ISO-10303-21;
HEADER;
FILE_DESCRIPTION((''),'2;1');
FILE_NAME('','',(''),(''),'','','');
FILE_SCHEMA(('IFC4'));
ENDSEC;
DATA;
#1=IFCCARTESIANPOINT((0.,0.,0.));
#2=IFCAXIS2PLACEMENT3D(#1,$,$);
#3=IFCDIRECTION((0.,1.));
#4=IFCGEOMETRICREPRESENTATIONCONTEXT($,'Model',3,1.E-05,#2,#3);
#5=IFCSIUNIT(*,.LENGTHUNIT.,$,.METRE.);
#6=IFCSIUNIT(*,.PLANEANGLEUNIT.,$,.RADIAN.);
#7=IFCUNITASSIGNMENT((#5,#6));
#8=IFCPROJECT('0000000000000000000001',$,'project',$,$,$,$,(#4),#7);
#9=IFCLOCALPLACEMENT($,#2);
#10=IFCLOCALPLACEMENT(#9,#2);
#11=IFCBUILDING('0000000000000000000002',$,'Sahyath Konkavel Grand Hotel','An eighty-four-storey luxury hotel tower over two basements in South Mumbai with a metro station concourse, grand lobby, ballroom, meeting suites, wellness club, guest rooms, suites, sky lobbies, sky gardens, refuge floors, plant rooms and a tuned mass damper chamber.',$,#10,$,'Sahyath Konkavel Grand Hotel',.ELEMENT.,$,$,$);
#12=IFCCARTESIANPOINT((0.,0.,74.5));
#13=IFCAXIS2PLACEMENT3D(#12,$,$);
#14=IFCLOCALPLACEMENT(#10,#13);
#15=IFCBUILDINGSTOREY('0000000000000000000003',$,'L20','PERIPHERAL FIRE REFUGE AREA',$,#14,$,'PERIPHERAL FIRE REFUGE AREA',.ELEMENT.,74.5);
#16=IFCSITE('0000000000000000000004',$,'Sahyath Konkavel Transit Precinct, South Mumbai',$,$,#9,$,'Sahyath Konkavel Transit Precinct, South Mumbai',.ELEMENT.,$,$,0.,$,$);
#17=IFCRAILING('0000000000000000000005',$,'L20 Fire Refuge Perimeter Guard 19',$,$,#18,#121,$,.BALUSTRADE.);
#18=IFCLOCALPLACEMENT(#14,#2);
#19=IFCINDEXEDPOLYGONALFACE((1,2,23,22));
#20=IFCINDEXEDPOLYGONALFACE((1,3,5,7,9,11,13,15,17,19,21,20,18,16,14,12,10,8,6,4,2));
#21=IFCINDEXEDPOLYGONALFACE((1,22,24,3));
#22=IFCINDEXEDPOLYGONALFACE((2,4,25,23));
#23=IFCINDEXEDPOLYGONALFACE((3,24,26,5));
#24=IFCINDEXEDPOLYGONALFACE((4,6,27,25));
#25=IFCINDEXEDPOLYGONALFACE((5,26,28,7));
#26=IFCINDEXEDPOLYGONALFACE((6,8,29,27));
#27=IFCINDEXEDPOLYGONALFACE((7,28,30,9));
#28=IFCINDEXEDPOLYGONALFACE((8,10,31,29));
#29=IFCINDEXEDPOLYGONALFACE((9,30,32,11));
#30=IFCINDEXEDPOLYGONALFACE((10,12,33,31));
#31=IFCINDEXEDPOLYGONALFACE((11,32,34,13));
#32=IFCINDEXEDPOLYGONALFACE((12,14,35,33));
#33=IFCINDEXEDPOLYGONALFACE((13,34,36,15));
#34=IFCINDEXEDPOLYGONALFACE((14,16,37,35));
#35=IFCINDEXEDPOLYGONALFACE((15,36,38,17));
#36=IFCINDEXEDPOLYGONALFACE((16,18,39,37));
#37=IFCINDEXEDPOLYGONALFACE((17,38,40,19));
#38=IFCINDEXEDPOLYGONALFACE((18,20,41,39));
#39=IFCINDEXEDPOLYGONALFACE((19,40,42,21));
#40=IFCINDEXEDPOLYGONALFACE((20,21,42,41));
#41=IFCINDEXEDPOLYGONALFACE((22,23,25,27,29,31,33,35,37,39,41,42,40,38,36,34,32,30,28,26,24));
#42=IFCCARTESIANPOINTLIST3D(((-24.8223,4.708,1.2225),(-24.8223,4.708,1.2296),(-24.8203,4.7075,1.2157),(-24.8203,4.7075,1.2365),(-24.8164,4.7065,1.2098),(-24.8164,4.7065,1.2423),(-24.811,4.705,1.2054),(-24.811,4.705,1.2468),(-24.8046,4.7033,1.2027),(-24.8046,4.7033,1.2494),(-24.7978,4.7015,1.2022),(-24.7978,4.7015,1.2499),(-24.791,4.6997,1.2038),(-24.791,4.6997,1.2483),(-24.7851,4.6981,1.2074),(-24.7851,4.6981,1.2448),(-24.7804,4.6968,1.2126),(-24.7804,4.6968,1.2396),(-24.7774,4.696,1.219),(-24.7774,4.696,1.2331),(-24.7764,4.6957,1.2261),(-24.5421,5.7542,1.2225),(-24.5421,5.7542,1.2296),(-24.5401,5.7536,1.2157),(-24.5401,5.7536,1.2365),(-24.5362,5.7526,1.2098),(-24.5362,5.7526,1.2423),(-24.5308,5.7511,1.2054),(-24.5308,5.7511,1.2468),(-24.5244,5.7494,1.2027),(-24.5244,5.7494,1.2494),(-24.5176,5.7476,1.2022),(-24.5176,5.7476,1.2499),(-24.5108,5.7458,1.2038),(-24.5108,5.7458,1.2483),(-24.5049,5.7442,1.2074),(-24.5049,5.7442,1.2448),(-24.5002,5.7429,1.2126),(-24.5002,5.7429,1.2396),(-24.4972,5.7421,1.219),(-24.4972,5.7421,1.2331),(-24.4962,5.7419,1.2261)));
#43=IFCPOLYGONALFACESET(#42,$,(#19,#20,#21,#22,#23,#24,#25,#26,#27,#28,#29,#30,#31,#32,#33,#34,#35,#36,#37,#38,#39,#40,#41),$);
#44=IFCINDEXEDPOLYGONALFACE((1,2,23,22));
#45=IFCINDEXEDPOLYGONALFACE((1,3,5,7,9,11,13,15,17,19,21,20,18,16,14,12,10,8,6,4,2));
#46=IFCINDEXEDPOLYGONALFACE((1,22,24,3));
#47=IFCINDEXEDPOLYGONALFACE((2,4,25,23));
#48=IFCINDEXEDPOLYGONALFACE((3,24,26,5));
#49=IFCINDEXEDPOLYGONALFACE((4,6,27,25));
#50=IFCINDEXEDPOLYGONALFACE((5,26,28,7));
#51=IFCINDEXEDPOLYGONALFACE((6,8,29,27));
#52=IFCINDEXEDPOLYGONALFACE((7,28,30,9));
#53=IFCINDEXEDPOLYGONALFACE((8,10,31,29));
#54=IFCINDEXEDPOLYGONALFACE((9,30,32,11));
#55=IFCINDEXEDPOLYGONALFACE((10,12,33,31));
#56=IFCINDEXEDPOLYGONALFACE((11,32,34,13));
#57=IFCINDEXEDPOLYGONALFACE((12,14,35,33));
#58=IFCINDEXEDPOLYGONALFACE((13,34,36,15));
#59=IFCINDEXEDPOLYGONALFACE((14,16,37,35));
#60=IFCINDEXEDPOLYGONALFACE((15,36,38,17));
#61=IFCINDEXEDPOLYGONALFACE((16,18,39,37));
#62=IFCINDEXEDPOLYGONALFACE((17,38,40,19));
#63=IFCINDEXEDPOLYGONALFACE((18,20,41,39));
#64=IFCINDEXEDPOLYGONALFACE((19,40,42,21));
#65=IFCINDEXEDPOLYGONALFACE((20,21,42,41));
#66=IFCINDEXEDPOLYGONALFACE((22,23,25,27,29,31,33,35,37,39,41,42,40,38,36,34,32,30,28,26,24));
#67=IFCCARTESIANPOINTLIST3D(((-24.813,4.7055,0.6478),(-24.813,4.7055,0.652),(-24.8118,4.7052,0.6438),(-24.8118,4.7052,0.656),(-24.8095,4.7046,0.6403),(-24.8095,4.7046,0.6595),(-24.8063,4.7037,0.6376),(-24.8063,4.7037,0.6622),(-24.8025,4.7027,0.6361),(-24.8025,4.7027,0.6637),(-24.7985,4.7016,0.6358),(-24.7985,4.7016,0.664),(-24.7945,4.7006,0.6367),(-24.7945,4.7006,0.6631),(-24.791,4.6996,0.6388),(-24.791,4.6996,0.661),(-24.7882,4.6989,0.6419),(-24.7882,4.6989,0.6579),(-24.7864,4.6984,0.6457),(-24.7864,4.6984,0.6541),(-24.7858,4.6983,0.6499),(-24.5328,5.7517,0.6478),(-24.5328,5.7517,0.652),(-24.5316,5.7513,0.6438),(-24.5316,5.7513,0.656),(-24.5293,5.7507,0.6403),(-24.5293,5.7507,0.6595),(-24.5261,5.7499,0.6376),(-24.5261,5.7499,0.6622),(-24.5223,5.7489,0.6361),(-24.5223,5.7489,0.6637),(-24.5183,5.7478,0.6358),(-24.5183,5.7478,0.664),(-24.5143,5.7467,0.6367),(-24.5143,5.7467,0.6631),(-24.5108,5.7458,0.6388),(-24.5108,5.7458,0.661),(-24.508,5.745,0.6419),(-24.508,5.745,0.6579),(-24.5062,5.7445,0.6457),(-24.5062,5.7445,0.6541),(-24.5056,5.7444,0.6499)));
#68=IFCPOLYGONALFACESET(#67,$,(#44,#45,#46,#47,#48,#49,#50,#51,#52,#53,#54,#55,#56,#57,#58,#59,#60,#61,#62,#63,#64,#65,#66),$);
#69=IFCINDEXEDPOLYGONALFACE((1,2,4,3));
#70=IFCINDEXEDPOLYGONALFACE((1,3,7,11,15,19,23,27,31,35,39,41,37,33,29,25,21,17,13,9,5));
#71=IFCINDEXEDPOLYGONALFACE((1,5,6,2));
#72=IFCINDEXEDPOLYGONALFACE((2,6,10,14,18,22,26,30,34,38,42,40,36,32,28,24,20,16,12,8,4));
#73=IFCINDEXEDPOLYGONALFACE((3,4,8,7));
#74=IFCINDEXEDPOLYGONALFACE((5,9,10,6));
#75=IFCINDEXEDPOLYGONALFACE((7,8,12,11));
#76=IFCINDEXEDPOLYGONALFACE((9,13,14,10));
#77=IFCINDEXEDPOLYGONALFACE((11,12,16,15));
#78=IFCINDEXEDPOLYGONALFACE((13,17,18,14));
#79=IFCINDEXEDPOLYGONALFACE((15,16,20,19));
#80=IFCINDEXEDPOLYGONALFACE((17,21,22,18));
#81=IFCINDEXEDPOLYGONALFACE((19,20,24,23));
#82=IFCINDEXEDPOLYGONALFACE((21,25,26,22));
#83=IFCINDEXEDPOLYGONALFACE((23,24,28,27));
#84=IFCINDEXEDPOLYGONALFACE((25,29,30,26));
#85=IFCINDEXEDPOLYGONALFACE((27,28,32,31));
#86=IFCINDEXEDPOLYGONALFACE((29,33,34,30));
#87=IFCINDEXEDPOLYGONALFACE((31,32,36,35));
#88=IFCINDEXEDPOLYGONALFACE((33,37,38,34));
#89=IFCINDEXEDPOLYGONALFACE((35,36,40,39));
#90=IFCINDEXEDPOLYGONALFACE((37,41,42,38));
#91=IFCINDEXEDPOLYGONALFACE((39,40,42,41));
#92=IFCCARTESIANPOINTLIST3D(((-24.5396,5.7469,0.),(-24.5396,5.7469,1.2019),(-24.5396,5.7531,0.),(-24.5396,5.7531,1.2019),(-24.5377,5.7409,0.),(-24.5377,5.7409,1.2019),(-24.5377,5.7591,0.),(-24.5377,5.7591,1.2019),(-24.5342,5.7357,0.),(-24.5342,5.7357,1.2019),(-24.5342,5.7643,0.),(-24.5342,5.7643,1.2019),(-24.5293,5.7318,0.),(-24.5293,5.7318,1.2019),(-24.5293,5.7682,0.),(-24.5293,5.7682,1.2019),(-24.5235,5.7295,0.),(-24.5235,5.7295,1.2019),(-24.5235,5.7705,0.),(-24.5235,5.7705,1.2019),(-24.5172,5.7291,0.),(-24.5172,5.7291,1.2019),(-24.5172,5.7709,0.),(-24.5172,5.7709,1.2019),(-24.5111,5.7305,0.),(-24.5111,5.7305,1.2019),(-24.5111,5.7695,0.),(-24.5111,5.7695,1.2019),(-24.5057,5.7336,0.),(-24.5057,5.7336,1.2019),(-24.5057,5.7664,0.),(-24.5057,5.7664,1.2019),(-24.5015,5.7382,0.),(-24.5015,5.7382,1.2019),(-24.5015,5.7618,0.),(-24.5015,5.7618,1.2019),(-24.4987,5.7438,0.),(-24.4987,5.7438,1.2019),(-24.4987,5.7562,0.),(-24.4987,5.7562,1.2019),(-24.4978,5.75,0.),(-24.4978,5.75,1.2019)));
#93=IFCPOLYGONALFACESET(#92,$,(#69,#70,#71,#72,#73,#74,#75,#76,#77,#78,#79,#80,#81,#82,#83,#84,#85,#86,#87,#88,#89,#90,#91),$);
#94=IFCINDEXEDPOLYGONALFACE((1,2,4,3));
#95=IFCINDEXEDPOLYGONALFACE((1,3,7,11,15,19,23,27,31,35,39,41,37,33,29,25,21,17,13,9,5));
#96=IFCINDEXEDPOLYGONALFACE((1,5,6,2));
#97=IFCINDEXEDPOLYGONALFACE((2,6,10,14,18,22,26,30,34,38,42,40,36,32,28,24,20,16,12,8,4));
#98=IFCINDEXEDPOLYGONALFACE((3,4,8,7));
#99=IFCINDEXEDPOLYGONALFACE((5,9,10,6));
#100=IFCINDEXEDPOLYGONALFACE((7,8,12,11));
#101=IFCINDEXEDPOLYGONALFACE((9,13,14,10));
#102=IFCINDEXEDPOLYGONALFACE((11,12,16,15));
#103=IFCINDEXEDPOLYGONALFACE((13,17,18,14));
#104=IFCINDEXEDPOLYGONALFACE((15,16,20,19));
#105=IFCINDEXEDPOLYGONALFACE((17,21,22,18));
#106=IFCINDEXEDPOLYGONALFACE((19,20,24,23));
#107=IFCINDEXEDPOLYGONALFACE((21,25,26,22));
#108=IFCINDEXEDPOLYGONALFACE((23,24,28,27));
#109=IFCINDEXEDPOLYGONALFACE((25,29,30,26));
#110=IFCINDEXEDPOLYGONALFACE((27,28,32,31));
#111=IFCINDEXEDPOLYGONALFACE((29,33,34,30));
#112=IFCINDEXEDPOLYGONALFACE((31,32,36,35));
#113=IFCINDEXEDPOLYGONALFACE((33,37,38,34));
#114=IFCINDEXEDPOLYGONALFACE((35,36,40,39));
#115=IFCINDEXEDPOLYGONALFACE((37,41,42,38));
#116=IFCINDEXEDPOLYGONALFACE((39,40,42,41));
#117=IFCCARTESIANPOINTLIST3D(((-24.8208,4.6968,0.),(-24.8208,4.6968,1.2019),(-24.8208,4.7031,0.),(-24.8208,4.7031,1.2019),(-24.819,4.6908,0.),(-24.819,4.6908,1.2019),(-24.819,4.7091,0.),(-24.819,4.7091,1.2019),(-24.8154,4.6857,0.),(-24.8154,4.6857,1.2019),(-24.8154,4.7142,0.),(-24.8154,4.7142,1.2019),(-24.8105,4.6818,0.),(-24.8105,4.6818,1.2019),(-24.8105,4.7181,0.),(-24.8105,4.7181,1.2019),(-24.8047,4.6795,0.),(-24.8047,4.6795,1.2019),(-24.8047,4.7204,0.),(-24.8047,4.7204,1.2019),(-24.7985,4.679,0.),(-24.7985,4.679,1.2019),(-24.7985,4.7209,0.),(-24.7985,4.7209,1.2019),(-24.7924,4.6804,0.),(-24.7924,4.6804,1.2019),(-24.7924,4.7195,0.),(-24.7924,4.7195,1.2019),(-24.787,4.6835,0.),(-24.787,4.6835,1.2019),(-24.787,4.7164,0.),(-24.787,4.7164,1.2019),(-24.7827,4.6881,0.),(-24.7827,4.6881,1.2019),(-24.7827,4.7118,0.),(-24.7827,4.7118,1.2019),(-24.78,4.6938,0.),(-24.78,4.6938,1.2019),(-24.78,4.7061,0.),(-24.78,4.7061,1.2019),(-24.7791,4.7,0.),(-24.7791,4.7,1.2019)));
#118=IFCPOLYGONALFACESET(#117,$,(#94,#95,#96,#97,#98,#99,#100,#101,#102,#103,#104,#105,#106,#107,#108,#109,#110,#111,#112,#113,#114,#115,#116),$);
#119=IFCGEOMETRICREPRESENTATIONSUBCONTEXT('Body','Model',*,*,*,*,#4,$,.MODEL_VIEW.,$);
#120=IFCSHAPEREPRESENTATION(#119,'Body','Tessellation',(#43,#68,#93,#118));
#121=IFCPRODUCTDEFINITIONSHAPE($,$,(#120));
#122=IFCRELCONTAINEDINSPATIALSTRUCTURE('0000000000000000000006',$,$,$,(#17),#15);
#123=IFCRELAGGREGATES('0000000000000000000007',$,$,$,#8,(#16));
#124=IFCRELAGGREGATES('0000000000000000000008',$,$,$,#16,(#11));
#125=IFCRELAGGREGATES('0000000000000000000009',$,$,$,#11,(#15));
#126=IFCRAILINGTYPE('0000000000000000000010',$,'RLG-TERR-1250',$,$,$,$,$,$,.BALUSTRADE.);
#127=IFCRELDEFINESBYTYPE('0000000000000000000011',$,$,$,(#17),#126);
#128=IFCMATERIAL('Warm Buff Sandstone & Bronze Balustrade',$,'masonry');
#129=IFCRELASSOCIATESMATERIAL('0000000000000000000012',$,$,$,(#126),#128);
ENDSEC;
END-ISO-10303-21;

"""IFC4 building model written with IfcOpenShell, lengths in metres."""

from ifc_helpers import new_model, si_unit, direction, frame, origin, origin_2d, place, context, subcontext, project, spatial, circle, extrude, material, type_object, element, save


model = new_model("IFC4")

# Units and contexts
model_context = context("Model", 3, precision=1e-05, world=origin(), true_north=direction((0.0, 1.0)))
body_context = subcontext(model_context, "Body", "Model", "MODEL_VIEW")
ifc_project = project(units=[si_unit("LENGTHUNIT", "METRE"), si_unit("PLANEANGLEUNIT", "RADIAN")], contexts=[model_context])

# Site, building, storey
site_placement = place(None, origin())
site = spatial("IfcSite", under=ifc_project, at=site_placement, Name="Sahyath Konkavel Transit Precinct, South Mumbai", LongName="Sahyath Konkavel Transit Precinct, South Mumbai", CompositionType="ELEMENT", RefElevation=0.0)
building_placement = place(site_placement, origin())
building = spatial("IfcBuilding", under=site, at=building_placement, Name="Sahyath Konkavel Grand Hotel", Description="An eighty-four-storey luxury hotel tower over two basements in South Mumbai with a metro station concourse, grand lobby, ballroom, meeting suites, wellness club, guest rooms, suites, sky lobbies, sky gardens, refuge floors, plant rooms and a tuned mass damper chamber.", LongName="Sahyath Konkavel Grand Hotel", CompositionType="ELEMENT")
storey_placement = place(building_placement, frame((0.0, 0.0, 74.5)))
storey = spatial("IfcBuildingStorey", under=building, at=storey_placement, Name="L20", Description="PERIPHERAL FIRE REFUGE AREA", LongName="PERIPHERAL FIRE REFUGE AREA", CompositionType="ELEMENT", Elevation=74.5)

# Railing
ifc_material_1 = material(Name="Warm Buff Sandstone & Bronze Balustrade", Category="masonry")
railing_type = type_object("IfcRailingType", Name="RLG-TERR-1250", PredefinedType="BALUSTRADE", material=ifc_material_1)
railing_1_placement = place(storey_placement, frame((-24.5188, 5.75, 0.0)))
element("IfcRailing", 1, at=railing_1_placement, inside=storey, type_object=railing_type, Name="L20 Fire Refuge Perimeter Guard 19", PredefinedType="BALUSTRADE", context=body_context, shape_type="SweptSolid", body=[
    extrude(circle(Radius=0.0239, at=origin_2d()), frame((-0.0005, -0.002, 1.2261), z_axis=(-0.258725, -0.965951, 0.0), x_axis=(0.965951, -0.258725, 0.0)), (0.0, 0.0, 1.0), 1.083),
    extrude(circle(Radius=0.0142, at=origin_2d()), frame((-0.0005, -0.002, 0.6499), z_axis=(-0.258725, -0.965951, 0.0), x_axis=(0.965951, -0.258725, 0.0)), (0.0, 0.0, 1.0), 1.083),
    extrude(circle(Radius=0.021, at=origin_2d()), origin(), (0.0, 0.0, 1.0), 1.2019),
    extrude(circle(Radius=0.021, at=origin_2d()), frame((-0.2812, -1.05, 0.0)), (0.0, 0.0, 1.0), 1.2019),
])

save(model, "model.ifc")
